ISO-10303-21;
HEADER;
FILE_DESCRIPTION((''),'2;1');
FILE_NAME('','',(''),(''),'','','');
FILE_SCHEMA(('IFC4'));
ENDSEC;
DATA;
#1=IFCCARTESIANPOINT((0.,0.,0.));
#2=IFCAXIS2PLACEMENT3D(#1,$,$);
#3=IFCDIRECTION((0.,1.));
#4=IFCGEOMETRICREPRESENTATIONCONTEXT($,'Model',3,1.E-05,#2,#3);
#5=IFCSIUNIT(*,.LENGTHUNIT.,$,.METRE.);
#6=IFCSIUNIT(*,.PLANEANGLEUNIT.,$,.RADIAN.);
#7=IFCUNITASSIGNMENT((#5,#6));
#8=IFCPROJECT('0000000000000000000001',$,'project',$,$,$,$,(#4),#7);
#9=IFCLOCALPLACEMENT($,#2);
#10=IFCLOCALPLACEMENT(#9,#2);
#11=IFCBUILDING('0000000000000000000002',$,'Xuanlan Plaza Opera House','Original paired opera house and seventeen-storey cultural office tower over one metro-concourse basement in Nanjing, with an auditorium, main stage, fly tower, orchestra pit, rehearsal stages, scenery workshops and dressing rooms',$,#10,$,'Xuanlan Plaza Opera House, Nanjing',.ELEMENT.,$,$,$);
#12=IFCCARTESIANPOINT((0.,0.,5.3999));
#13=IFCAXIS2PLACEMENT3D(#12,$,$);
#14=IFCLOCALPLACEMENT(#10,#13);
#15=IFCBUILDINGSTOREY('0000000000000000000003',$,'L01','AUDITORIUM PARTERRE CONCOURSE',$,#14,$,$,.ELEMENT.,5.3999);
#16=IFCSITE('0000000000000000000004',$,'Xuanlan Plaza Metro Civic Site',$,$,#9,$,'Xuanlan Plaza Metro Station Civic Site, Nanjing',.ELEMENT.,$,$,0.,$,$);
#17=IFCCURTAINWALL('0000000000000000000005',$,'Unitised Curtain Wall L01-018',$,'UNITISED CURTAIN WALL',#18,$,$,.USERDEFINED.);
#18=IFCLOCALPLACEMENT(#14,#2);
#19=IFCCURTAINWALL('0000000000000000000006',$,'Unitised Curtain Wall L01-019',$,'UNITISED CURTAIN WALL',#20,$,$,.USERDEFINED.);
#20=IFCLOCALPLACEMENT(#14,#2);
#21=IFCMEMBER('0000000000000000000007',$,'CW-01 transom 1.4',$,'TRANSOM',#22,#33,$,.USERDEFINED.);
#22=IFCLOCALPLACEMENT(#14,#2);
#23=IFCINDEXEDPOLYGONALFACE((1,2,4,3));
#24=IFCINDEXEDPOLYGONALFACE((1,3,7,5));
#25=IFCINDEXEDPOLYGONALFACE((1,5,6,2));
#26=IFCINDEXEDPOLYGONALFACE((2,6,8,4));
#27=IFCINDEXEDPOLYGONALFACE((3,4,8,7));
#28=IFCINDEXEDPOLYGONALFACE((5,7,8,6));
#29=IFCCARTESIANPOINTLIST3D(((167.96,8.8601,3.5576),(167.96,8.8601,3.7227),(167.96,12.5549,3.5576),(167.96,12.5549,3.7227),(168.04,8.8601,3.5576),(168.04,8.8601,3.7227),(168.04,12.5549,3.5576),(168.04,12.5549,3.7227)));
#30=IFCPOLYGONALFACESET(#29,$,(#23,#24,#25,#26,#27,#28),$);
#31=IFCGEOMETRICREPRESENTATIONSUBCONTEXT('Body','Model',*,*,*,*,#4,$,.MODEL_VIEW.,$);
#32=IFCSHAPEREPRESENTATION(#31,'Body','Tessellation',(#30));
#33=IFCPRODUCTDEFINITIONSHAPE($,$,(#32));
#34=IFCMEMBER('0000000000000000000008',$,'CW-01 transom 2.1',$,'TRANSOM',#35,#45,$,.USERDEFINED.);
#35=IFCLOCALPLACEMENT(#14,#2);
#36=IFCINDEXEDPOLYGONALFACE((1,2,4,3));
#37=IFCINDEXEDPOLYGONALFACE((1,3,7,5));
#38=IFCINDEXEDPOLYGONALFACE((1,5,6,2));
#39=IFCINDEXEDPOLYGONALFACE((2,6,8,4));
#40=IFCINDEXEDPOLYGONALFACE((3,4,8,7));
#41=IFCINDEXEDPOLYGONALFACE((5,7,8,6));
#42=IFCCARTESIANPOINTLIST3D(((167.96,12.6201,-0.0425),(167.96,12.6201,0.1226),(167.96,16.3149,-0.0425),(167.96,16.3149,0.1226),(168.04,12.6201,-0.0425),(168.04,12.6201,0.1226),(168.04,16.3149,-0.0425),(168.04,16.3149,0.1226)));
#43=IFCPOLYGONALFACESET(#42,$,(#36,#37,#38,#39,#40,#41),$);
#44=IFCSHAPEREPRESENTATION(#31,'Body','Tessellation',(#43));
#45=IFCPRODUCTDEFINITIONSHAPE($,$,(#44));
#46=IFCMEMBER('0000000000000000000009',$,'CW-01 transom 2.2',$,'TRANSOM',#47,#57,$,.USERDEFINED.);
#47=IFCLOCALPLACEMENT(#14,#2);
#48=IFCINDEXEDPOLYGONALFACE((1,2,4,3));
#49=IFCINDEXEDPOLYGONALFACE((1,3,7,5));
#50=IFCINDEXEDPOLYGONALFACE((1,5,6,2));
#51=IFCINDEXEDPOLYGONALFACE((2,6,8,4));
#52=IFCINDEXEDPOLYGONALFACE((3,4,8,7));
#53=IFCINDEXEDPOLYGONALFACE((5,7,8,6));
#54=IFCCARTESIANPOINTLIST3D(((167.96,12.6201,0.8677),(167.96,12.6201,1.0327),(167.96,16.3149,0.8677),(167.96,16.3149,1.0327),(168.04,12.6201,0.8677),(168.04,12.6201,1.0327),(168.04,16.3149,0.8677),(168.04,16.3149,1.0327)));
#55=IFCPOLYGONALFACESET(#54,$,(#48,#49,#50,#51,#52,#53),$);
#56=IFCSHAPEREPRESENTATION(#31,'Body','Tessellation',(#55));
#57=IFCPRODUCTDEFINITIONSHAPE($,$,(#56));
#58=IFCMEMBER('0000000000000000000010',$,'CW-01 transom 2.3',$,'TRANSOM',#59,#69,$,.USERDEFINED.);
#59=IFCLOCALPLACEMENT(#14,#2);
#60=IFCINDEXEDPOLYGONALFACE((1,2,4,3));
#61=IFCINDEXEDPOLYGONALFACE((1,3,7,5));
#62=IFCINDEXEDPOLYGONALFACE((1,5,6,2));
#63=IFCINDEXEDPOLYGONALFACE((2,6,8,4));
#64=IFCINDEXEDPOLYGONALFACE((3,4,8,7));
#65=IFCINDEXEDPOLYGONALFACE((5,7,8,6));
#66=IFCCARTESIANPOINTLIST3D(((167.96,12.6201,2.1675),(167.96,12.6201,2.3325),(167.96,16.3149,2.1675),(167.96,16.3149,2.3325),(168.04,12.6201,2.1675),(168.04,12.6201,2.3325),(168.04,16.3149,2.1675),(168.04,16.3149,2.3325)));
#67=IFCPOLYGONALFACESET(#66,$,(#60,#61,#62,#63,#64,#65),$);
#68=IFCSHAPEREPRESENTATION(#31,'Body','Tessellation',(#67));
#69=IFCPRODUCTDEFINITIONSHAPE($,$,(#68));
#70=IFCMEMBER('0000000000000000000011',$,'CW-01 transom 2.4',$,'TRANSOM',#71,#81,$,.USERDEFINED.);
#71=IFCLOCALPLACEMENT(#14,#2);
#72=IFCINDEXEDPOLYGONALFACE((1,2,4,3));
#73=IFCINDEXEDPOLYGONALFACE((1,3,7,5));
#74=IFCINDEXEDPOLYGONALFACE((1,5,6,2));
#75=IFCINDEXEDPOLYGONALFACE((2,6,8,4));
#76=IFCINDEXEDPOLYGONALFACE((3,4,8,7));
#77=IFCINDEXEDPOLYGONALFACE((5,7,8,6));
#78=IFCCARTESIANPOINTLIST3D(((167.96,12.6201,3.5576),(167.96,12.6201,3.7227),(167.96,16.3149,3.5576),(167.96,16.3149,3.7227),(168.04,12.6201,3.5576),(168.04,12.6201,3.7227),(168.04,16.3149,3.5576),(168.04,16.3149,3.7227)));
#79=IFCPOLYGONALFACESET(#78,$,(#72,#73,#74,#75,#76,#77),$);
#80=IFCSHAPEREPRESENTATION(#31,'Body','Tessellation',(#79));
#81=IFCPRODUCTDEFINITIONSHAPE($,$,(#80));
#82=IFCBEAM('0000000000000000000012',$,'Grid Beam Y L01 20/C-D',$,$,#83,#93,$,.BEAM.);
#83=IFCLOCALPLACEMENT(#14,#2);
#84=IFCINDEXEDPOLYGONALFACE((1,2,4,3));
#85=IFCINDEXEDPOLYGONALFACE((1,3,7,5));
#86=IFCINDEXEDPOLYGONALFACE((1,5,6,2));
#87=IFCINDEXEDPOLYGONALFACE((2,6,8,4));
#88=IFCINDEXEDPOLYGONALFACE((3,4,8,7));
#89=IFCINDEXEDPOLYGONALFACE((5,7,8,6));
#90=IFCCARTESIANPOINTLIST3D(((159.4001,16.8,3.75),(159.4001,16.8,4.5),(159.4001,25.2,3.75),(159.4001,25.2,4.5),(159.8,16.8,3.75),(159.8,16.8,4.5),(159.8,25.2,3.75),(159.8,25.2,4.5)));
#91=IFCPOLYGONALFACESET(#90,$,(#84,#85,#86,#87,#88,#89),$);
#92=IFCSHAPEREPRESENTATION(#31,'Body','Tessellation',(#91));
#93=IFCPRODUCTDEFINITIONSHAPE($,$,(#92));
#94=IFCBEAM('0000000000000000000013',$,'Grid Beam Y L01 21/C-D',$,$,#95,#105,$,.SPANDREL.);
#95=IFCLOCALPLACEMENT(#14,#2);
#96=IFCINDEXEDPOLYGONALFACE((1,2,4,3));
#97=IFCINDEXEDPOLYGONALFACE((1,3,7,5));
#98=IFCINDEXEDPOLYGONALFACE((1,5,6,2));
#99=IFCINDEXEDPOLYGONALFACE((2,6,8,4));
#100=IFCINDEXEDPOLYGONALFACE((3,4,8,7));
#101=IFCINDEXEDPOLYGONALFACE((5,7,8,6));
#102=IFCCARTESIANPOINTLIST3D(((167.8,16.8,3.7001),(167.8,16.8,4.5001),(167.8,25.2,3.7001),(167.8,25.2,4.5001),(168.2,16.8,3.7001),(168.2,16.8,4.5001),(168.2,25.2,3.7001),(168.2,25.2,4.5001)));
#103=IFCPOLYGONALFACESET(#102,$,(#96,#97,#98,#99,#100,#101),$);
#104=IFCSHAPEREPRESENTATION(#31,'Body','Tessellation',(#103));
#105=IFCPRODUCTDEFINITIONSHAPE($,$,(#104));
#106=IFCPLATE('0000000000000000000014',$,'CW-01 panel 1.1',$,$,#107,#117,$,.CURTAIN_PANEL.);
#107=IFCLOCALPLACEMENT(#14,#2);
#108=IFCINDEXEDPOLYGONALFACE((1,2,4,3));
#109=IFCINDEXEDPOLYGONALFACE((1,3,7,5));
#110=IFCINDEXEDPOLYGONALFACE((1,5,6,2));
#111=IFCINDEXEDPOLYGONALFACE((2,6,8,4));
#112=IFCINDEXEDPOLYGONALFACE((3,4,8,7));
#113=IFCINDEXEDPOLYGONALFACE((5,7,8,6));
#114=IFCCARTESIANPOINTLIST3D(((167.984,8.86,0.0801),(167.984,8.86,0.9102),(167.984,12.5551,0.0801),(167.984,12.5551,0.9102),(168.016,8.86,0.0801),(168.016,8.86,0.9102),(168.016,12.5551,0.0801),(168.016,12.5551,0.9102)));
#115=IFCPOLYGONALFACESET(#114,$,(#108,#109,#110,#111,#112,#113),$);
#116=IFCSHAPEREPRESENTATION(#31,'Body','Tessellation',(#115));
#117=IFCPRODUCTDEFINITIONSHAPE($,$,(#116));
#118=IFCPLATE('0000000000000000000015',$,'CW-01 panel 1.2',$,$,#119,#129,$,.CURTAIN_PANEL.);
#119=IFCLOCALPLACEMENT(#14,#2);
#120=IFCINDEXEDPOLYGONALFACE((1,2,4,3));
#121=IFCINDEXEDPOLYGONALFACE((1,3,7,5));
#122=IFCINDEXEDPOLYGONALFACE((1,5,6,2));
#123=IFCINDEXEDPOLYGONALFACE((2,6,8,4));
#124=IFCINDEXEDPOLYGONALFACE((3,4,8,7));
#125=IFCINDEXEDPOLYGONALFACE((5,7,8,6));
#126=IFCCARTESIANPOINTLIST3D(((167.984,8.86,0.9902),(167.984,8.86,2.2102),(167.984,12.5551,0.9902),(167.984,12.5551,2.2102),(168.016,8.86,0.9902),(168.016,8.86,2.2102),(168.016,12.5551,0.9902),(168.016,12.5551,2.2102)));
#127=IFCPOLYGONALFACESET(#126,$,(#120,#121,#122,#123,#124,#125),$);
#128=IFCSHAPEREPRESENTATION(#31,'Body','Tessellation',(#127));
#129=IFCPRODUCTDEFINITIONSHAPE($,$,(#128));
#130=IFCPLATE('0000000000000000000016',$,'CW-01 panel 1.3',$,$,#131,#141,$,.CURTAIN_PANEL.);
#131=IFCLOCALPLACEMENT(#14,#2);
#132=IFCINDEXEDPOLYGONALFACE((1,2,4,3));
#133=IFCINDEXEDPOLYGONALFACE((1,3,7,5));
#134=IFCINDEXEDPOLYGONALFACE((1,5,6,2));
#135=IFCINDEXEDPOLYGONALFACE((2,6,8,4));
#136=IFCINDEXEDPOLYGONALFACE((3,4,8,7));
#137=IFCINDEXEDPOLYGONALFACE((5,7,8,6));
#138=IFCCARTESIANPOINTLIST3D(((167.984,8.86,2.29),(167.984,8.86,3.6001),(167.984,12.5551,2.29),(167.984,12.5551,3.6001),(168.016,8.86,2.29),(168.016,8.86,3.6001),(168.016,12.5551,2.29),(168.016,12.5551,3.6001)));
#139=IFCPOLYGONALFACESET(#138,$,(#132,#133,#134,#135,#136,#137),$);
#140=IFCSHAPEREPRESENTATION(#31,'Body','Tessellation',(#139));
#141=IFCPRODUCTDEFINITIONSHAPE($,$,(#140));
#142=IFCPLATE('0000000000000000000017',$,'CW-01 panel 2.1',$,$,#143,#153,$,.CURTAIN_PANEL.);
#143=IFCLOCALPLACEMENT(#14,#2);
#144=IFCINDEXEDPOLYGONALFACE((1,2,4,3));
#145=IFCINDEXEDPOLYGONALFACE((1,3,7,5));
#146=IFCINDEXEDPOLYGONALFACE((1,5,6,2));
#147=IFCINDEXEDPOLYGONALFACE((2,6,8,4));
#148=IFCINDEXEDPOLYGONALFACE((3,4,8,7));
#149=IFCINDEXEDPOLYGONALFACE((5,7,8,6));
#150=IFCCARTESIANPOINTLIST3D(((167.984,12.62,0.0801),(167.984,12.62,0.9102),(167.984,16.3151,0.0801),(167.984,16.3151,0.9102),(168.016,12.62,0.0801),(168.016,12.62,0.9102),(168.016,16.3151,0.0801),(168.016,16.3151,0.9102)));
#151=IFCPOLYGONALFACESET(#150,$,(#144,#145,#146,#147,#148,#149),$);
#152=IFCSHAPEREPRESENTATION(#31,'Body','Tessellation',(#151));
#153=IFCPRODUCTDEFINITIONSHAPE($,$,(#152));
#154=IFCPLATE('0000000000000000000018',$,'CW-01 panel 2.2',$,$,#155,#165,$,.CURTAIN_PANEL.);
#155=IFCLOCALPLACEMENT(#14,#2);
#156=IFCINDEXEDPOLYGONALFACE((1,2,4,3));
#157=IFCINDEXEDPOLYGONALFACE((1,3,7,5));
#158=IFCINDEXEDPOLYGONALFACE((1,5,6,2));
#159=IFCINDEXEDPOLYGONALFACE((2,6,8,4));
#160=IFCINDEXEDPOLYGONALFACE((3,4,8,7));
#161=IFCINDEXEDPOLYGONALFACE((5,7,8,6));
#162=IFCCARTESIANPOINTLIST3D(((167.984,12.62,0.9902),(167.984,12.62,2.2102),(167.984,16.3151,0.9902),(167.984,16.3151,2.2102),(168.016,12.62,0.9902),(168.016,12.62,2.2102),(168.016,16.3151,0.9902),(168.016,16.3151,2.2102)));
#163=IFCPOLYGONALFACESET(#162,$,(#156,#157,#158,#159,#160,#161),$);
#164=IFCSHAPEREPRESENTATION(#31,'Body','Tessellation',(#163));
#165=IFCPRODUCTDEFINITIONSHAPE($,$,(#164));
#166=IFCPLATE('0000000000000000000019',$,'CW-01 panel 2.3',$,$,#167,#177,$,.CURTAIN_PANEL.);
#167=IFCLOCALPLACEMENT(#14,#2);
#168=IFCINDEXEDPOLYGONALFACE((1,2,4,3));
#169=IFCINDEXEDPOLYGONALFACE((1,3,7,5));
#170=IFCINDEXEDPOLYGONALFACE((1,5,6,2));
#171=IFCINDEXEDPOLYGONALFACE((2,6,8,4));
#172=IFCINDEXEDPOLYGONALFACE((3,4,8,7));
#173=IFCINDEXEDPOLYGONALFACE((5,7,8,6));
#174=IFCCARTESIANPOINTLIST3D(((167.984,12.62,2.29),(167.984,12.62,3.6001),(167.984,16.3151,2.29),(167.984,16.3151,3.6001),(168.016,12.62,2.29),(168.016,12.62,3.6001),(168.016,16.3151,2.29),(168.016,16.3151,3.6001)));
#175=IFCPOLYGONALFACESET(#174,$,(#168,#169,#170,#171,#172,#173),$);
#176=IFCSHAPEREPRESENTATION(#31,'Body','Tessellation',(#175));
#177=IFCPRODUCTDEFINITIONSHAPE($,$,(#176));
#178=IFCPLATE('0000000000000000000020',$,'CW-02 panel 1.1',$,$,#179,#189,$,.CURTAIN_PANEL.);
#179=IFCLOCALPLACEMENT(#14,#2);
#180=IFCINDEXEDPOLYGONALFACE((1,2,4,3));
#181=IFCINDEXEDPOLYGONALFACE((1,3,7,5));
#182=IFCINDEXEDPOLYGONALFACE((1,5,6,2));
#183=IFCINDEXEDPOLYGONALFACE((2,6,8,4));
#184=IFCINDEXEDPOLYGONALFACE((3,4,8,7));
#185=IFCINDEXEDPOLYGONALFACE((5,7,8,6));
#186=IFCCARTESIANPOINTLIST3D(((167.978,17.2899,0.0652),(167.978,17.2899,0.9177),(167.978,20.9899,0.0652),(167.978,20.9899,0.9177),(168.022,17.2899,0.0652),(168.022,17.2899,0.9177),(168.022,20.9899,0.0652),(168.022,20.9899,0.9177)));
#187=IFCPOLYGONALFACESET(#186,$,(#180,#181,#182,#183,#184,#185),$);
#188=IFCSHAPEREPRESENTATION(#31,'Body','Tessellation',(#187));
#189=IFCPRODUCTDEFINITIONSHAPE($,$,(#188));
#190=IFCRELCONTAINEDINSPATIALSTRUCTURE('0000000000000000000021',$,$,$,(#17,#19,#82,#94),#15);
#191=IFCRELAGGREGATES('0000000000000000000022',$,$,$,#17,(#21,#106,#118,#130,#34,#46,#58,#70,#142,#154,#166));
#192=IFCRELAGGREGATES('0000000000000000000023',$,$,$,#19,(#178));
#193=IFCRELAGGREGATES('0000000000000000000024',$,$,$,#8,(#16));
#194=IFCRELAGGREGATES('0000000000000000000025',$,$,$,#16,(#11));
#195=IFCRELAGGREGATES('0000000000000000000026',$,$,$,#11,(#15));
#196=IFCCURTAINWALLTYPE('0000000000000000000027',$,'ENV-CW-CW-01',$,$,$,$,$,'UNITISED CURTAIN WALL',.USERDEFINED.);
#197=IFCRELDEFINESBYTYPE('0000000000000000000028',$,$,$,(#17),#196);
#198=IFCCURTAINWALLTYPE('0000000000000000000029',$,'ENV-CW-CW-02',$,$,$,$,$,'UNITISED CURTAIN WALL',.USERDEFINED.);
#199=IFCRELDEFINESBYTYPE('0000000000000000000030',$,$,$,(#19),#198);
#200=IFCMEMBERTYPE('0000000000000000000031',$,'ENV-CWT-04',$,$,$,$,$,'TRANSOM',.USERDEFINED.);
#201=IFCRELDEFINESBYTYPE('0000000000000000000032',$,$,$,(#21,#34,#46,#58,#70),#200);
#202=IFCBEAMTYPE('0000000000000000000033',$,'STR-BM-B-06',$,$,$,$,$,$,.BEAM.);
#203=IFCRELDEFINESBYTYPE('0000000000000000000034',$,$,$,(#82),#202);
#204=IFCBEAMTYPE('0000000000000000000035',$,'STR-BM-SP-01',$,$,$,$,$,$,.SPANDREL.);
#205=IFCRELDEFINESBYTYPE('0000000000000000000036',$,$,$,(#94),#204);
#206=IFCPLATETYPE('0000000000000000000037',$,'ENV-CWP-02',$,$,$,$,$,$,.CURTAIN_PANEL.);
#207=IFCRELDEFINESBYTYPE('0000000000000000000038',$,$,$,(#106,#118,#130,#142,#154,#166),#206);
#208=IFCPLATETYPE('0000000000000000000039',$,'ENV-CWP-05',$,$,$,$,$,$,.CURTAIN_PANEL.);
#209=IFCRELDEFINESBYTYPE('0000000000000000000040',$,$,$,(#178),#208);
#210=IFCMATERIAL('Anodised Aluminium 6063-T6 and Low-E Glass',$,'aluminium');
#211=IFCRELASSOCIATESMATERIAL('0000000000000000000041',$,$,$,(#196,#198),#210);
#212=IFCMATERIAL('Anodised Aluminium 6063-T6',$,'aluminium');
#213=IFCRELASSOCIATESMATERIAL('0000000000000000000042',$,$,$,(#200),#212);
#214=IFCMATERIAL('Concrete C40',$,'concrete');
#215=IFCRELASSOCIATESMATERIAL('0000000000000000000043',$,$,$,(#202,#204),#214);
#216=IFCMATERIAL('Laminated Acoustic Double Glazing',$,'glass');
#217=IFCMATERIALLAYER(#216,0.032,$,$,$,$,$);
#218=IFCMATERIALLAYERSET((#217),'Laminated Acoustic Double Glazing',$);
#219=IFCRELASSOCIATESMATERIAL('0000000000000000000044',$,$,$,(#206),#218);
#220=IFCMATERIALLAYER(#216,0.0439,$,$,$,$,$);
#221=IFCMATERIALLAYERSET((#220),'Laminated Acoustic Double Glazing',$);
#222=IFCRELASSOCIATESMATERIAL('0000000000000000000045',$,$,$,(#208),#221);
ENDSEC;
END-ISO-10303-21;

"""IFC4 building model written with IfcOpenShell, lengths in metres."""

from ifc_helpers import new_model, si_unit, direction, frame, origin, origin_2d, place, context, subcontext, project, spatial, rectangle, extrude, material, layer, layer_set, material_profile, profile_set, type_object, element, aggregate, save


model = new_model("IFC4")

# Units and contexts
model_context = context("Model", 3, precision=1e-05, world=origin(), true_north=direction((0.0, 1.0)))
body_context = subcontext(model_context, "Body", "Model", "MODEL_VIEW")
ifc_project = project(units=[si_unit("LENGTHUNIT", "METRE"), si_unit("PLANEANGLEUNIT", "RADIAN")], contexts=[model_context])

# Site, building, storey
site_placement = place(None, origin())
site = spatial("IfcSite", under=ifc_project, at=site_placement, Name="Xuanlan Plaza Metro Civic Site", LongName="Xuanlan Plaza Metro Station Civic Site, Nanjing", CompositionType="ELEMENT", RefElevation=0.0)
building_placement = place(site_placement, origin())
building = spatial("IfcBuilding", under=site, at=building_placement, Name="Xuanlan Plaza Opera House", Description="Original paired opera house and seventeen-storey cultural office tower over one metro-concourse basement in Nanjing, with an auditorium, main stage, fly tower, orchestra pit, rehearsal stages, scenery workshops and dressing rooms", LongName="Xuanlan Plaza Opera House, Nanjing", CompositionType="ELEMENT")
storey_placement = place(building_placement, frame((0.0, 0.0, 5.3999)))
storey = spatial("IfcBuildingStorey", under=building, at=storey_placement, Name="L01", Description="AUDITORIUM PARTERRE CONCOURSE", CompositionType="ELEMENT", Elevation=5.3999)

# Shared definitions
ifc_material_1 = material(Name="Concrete C40", Category="concrete")

# Curtain walls
ifc_material_2 = material(Name="Anodised Aluminium 6063-T6 and Low-E Glass", Category="aluminium")
curtain_wall_type_1 = type_object("IfcCurtainWallType", Name="ENV-CW-CW-01", ElementType="UNITISED CURTAIN WALL", PredefinedType="USERDEFINED", material=ifc_material_2)
curtain_wall_1_placement = place(storey_placement, origin())
curtain_wall_1 = element("IfcCurtainWall", 1, at=curtain_wall_1_placement, inside=storey, type_object=curtain_wall_type_1, Name="Unitised Curtain Wall L01-018", ObjectType="UNITISED CURTAIN WALL", PredefinedType="USERDEFINED")
ifc_material_3 = material(Name="Anodised Aluminium 6063-T6", Category="aluminium")
curtain_wall_type_2 = type_object("IfcCurtainWallType", Name="ENV-CW-CW-02", ElementType="UNITISED CURTAIN WALL", PredefinedType="USERDEFINED", material=ifc_material_2)
curtain_wall_2_placement = place(storey_placement, origin())
curtain_wall_2 = element("IfcCurtainWall", 2, at=curtain_wall_2_placement, inside=storey, type_object=curtain_wall_type_2, Name="Unitised Curtain Wall L01-019", ObjectType="UNITISED CURTAIN WALL", PredefinedType="USERDEFINED")

# Members
ifc_material_profile_1 = material_profile(ifc_material_3, rectangle(XDim=0.0801, YDim=0.165, at=origin_2d()), Name="ALU-T 80x165")
ifc_profile_set_1 = profile_set([ifc_material_profile_1], Name="Anodised Aluminium 6063-T6")
member_type_1 = type_object("IfcMemberType", Name="ENV-CWT-04", ElementType="TRANSOM", PredefinedType="USERDEFINED", material=ifc_profile_set_1)
member_1_placement = place(storey_placement, frame((168.0, 8.8601, 3.6401), z_axis=(0.0, 1.0, 0.0), x_axis=(-1.0, 0.0, 0.0)))
member_1 = element("IfcMember", 3, at=member_1_placement, type_object=member_type_1, Name="CW-01 transom 1.4", ObjectType="TRANSOM", PredefinedType="USERDEFINED", context=body_context, shape_type="SweptSolid", body=[
    extrude(rectangle(XDim=0.0801, YDim=0.165, at=origin_2d()), origin(), (0.0, 0.0, 1.0), 3.6948),
])
member_2_placement = place(storey_placement, frame((168.0, 12.6201, 0.04), z_axis=(0.0, 1.0, 0.0), x_axis=(-1.0, 0.0, 0.0)))
member_2 = element("IfcMember", 4, at=member_2_placement, type_object=member_type_1, Name="CW-01 transom 2.1", ObjectType="TRANSOM", PredefinedType="USERDEFINED", context=body_context, shape_type="SweptSolid", body=[
    extrude(rectangle(XDim=0.0801, YDim=0.165, at=origin_2d()), origin(), (0.0, 0.0, 1.0), 3.6948),
])
member_3_placement = place(storey_placement, frame((168.0, 12.6201, 0.9502), z_axis=(0.0, 1.0, 0.0), x_axis=(-1.0, 0.0, 0.0)))
member_3 = element("IfcMember", 5, at=member_3_placement, type_object=member_type_1, Name="CW-01 transom 2.2", ObjectType="TRANSOM", PredefinedType="USERDEFINED", context=body_context, shape_type="SweptSolid", body=[
    extrude(rectangle(XDim=0.0801, YDim=0.165, at=origin_2d()), origin(), (0.0, 0.0, 1.0), 3.6948),
])
member_4_placement = place(storey_placement, frame((168.0, 12.6201, 2.25), z_axis=(0.0, 1.0, 0.0), x_axis=(-1.0, 0.0, 0.0)))
member_4 = element("IfcMember", 6, at=member_4_placement, type_object=member_type_1, Name="CW-01 transom 2.3", ObjectType="TRANSOM", PredefinedType="USERDEFINED", context=body_context, shape_type="SweptSolid", body=[
    extrude(rectangle(XDim=0.0801, YDim=0.165, at=origin_2d()), origin(), (0.0, 0.0, 1.0), 3.6948),
])
member_5_placement = place(storey_placement, frame((168.0, 12.6201, 3.6401), z_axis=(0.0, 1.0, 0.0), x_axis=(-1.0, 0.0, 0.0)))
member_5 = element("IfcMember", 7, at=member_5_placement, type_object=member_type_1, Name="CW-01 transom 2.4", ObjectType="TRANSOM", PredefinedType="USERDEFINED", context=body_context, shape_type="SweptSolid", body=[
    extrude(rectangle(XDim=0.0801, YDim=0.165, at=origin_2d()), origin(), (0.0, 0.0, 1.0), 3.6948),
])

# Beams
ifc_material_profile_2 = material_profile(ifc_material_1, rectangle(XDim=0.3999, YDim=0.75, at=origin_2d()), Name="RC-BM 400x750")
ifc_profile_set_2 = profile_set([ifc_material_profile_2], Name="Concrete C40")
beam_type_1 = type_object("IfcBeamType", Name="STR-BM-B-06", PredefinedType="BEAM", material=ifc_profile_set_2)
beam_1_placement = place(storey_placement, frame((159.6001, 16.8, 4.125), z_axis=(0.0, 1.0, 0.0), x_axis=(-1.0, 0.0, 0.0)))
element("IfcBeam", 8, at=beam_1_placement, inside=storey, type_object=beam_type_1, Name="Grid Beam Y L01 20/C-D", PredefinedType="BEAM", context=body_context, shape_type="SweptSolid", body=[
    extrude(rectangle(XDim=0.3999, YDim=0.75, at=origin_2d()), origin(), (0.0, 0.0, 1.0), 8.3999),
])
ifc_material_profile_3 = material_profile(ifc_material_1, rectangle(XDim=0.3999, YDim=0.8, at=origin_2d()), Name="RC-SPD 400x800")
ifc_profile_set_3 = profile_set([ifc_material_profile_3], Name="Concrete C40")
beam_type_2 = type_object("IfcBeamType", Name="STR-BM-SP-01", PredefinedType="SPANDREL", material=ifc_profile_set_3)
beam_2_placement = place(storey_placement, frame((168.0, 16.8, 4.1001), z_axis=(0.0, 1.0, 0.0), x_axis=(-1.0, 0.0, 0.0)))
element("IfcBeam", 9, at=beam_2_placement, inside=storey, type_object=beam_type_2, Name="Grid Beam Y L01 21/C-D", PredefinedType="SPANDREL", context=body_context, shape_type="SweptSolid", body=[
    extrude(rectangle(XDim=0.3999, YDim=0.8, at=origin_2d()), origin(), (0.0, 0.0, 1.0), 8.3999),
])

# Plates
ifc_material_4 = material(Name="Laminated Acoustic Double Glazing", Category="glass")
ifc_layer_1 = layer(ifc_material_4, 0.032)
ifc_layer_set_1 = layer_set([ifc_layer_1], Name="Laminated Acoustic Double Glazing")
plate_type_1 = type_object("IfcPlateType", Name="ENV-CWP-02", PredefinedType="CURTAIN_PANEL", material=ifc_layer_set_1)
plate_1_placement = place(storey_placement, frame((168.0, 10.7075, 0.0801), z_axis=(0.0, 0.0, 1.0), x_axis=(0.0, 1.0, 0.0)))
plate_1 = element("IfcPlate", 10, at=plate_1_placement, type_object=plate_type_1, Name="CW-01 panel 1.1", PredefinedType="CURTAIN_PANEL", context=body_context, shape_type="SweptSolid", body=[
    extrude(rectangle(XDim=3.6951, YDim=0.032, at=origin_2d()), origin(), (0.0, 0.0, 1.0), 0.8301),
])
plate_2_placement = place(storey_placement, frame((168.0, 10.7075, 0.9902), z_axis=(0.0, 0.0, 1.0), x_axis=(0.0, 1.0, 0.0)))
plate_2 = element("IfcPlate", 11, at=plate_2_placement, type_object=plate_type_1, Name="CW-01 panel 1.2", PredefinedType="CURTAIN_PANEL", context=body_context, shape_type="SweptSolid", body=[
    extrude(rectangle(XDim=3.6951, YDim=0.032, at=origin_2d()), origin(), (0.0, 0.0, 1.0), 1.22),
])
plate_3_placement = place(storey_placement, frame((168.0, 10.7075, 2.29), z_axis=(0.0, 0.0, 1.0), x_axis=(0.0, 1.0, 0.0)))
plate_3 = element("IfcPlate", 12, at=plate_3_placement, type_object=plate_type_1, Name="CW-01 panel 1.3", PredefinedType="CURTAIN_PANEL", context=body_context, shape_type="SweptSolid", body=[
    extrude(rectangle(XDim=3.6951, YDim=0.032, at=origin_2d()), origin(), (0.0, 0.0, 1.0), 1.3101),
])
plate_4_placement = place(storey_placement, frame((168.0, 14.4675, 0.0801), z_axis=(0.0, 0.0, 1.0), x_axis=(0.0, 1.0, 0.0)))
plate_4 = element("IfcPlate", 13, at=plate_4_placement, type_object=plate_type_1, Name="CW-01 panel 2.1", PredefinedType="CURTAIN_PANEL", context=body_context, shape_type="SweptSolid", body=[
    extrude(rectangle(XDim=3.6951, YDim=0.032, at=origin_2d()), origin(), (0.0, 0.0, 1.0), 0.8301),
])
plate_5_placement = place(storey_placement, frame((168.0, 14.4675, 0.9902), z_axis=(0.0, 0.0, 1.0), x_axis=(0.0, 1.0, 0.0)))
plate_5 = element("IfcPlate", 14, at=plate_5_placement, type_object=plate_type_1, Name="CW-01 panel 2.2", PredefinedType="CURTAIN_PANEL", context=body_context, shape_type="SweptSolid", body=[
    extrude(rectangle(XDim=3.6951, YDim=0.032, at=origin_2d()), origin(), (0.0, 0.0, 1.0), 1.22),
])
plate_6_placement = place(storey_placement, frame((168.0, 14.4675, 2.29), z_axis=(0.0, 0.0, 1.0), x_axis=(0.0, 1.0, 0.0)))
plate_6 = element("IfcPlate", 15, at=plate_6_placement, type_object=plate_type_1, Name="CW-01 panel 2.3", PredefinedType="CURTAIN_PANEL", context=body_context, shape_type="SweptSolid", body=[
    extrude(rectangle(XDim=3.6951, YDim=0.032, at=origin_2d()), origin(), (0.0, 0.0, 1.0), 1.3101),
])
aggregate(curtain_wall_1, [member_1, plate_1, plate_2, plate_3, member_2, member_3, member_4, member_5, plate_4, plate_5, plate_6])
ifc_layer_2 = layer(ifc_material_4, 0.0439)
ifc_layer_set_2 = layer_set([ifc_layer_2], Name="Laminated Acoustic Double Glazing")
plate_type_2 = type_object("IfcPlateType", Name="ENV-CWP-05", PredefinedType="CURTAIN_PANEL", material=ifc_layer_set_2)
plate_7_placement = place(storey_placement, frame((168.0, 19.1399, 0.0652), z_axis=(0.0, 0.0, 1.0), x_axis=(0.0, 1.0, 0.0)))
plate_7 = element("IfcPlate", 16, at=plate_7_placement, type_object=plate_type_2, Name="CW-02 panel 1.1", PredefinedType="CURTAIN_PANEL", context=body_context, shape_type="SweptSolid", body=[
    extrude(rectangle(XDim=3.7, YDim=0.0439, at=origin_2d()), origin(), (0.0, 0.0, 1.0), 0.8525),
])
aggregate(curtain_wall_2, [plate_7])

save(model, "model.ifc")
